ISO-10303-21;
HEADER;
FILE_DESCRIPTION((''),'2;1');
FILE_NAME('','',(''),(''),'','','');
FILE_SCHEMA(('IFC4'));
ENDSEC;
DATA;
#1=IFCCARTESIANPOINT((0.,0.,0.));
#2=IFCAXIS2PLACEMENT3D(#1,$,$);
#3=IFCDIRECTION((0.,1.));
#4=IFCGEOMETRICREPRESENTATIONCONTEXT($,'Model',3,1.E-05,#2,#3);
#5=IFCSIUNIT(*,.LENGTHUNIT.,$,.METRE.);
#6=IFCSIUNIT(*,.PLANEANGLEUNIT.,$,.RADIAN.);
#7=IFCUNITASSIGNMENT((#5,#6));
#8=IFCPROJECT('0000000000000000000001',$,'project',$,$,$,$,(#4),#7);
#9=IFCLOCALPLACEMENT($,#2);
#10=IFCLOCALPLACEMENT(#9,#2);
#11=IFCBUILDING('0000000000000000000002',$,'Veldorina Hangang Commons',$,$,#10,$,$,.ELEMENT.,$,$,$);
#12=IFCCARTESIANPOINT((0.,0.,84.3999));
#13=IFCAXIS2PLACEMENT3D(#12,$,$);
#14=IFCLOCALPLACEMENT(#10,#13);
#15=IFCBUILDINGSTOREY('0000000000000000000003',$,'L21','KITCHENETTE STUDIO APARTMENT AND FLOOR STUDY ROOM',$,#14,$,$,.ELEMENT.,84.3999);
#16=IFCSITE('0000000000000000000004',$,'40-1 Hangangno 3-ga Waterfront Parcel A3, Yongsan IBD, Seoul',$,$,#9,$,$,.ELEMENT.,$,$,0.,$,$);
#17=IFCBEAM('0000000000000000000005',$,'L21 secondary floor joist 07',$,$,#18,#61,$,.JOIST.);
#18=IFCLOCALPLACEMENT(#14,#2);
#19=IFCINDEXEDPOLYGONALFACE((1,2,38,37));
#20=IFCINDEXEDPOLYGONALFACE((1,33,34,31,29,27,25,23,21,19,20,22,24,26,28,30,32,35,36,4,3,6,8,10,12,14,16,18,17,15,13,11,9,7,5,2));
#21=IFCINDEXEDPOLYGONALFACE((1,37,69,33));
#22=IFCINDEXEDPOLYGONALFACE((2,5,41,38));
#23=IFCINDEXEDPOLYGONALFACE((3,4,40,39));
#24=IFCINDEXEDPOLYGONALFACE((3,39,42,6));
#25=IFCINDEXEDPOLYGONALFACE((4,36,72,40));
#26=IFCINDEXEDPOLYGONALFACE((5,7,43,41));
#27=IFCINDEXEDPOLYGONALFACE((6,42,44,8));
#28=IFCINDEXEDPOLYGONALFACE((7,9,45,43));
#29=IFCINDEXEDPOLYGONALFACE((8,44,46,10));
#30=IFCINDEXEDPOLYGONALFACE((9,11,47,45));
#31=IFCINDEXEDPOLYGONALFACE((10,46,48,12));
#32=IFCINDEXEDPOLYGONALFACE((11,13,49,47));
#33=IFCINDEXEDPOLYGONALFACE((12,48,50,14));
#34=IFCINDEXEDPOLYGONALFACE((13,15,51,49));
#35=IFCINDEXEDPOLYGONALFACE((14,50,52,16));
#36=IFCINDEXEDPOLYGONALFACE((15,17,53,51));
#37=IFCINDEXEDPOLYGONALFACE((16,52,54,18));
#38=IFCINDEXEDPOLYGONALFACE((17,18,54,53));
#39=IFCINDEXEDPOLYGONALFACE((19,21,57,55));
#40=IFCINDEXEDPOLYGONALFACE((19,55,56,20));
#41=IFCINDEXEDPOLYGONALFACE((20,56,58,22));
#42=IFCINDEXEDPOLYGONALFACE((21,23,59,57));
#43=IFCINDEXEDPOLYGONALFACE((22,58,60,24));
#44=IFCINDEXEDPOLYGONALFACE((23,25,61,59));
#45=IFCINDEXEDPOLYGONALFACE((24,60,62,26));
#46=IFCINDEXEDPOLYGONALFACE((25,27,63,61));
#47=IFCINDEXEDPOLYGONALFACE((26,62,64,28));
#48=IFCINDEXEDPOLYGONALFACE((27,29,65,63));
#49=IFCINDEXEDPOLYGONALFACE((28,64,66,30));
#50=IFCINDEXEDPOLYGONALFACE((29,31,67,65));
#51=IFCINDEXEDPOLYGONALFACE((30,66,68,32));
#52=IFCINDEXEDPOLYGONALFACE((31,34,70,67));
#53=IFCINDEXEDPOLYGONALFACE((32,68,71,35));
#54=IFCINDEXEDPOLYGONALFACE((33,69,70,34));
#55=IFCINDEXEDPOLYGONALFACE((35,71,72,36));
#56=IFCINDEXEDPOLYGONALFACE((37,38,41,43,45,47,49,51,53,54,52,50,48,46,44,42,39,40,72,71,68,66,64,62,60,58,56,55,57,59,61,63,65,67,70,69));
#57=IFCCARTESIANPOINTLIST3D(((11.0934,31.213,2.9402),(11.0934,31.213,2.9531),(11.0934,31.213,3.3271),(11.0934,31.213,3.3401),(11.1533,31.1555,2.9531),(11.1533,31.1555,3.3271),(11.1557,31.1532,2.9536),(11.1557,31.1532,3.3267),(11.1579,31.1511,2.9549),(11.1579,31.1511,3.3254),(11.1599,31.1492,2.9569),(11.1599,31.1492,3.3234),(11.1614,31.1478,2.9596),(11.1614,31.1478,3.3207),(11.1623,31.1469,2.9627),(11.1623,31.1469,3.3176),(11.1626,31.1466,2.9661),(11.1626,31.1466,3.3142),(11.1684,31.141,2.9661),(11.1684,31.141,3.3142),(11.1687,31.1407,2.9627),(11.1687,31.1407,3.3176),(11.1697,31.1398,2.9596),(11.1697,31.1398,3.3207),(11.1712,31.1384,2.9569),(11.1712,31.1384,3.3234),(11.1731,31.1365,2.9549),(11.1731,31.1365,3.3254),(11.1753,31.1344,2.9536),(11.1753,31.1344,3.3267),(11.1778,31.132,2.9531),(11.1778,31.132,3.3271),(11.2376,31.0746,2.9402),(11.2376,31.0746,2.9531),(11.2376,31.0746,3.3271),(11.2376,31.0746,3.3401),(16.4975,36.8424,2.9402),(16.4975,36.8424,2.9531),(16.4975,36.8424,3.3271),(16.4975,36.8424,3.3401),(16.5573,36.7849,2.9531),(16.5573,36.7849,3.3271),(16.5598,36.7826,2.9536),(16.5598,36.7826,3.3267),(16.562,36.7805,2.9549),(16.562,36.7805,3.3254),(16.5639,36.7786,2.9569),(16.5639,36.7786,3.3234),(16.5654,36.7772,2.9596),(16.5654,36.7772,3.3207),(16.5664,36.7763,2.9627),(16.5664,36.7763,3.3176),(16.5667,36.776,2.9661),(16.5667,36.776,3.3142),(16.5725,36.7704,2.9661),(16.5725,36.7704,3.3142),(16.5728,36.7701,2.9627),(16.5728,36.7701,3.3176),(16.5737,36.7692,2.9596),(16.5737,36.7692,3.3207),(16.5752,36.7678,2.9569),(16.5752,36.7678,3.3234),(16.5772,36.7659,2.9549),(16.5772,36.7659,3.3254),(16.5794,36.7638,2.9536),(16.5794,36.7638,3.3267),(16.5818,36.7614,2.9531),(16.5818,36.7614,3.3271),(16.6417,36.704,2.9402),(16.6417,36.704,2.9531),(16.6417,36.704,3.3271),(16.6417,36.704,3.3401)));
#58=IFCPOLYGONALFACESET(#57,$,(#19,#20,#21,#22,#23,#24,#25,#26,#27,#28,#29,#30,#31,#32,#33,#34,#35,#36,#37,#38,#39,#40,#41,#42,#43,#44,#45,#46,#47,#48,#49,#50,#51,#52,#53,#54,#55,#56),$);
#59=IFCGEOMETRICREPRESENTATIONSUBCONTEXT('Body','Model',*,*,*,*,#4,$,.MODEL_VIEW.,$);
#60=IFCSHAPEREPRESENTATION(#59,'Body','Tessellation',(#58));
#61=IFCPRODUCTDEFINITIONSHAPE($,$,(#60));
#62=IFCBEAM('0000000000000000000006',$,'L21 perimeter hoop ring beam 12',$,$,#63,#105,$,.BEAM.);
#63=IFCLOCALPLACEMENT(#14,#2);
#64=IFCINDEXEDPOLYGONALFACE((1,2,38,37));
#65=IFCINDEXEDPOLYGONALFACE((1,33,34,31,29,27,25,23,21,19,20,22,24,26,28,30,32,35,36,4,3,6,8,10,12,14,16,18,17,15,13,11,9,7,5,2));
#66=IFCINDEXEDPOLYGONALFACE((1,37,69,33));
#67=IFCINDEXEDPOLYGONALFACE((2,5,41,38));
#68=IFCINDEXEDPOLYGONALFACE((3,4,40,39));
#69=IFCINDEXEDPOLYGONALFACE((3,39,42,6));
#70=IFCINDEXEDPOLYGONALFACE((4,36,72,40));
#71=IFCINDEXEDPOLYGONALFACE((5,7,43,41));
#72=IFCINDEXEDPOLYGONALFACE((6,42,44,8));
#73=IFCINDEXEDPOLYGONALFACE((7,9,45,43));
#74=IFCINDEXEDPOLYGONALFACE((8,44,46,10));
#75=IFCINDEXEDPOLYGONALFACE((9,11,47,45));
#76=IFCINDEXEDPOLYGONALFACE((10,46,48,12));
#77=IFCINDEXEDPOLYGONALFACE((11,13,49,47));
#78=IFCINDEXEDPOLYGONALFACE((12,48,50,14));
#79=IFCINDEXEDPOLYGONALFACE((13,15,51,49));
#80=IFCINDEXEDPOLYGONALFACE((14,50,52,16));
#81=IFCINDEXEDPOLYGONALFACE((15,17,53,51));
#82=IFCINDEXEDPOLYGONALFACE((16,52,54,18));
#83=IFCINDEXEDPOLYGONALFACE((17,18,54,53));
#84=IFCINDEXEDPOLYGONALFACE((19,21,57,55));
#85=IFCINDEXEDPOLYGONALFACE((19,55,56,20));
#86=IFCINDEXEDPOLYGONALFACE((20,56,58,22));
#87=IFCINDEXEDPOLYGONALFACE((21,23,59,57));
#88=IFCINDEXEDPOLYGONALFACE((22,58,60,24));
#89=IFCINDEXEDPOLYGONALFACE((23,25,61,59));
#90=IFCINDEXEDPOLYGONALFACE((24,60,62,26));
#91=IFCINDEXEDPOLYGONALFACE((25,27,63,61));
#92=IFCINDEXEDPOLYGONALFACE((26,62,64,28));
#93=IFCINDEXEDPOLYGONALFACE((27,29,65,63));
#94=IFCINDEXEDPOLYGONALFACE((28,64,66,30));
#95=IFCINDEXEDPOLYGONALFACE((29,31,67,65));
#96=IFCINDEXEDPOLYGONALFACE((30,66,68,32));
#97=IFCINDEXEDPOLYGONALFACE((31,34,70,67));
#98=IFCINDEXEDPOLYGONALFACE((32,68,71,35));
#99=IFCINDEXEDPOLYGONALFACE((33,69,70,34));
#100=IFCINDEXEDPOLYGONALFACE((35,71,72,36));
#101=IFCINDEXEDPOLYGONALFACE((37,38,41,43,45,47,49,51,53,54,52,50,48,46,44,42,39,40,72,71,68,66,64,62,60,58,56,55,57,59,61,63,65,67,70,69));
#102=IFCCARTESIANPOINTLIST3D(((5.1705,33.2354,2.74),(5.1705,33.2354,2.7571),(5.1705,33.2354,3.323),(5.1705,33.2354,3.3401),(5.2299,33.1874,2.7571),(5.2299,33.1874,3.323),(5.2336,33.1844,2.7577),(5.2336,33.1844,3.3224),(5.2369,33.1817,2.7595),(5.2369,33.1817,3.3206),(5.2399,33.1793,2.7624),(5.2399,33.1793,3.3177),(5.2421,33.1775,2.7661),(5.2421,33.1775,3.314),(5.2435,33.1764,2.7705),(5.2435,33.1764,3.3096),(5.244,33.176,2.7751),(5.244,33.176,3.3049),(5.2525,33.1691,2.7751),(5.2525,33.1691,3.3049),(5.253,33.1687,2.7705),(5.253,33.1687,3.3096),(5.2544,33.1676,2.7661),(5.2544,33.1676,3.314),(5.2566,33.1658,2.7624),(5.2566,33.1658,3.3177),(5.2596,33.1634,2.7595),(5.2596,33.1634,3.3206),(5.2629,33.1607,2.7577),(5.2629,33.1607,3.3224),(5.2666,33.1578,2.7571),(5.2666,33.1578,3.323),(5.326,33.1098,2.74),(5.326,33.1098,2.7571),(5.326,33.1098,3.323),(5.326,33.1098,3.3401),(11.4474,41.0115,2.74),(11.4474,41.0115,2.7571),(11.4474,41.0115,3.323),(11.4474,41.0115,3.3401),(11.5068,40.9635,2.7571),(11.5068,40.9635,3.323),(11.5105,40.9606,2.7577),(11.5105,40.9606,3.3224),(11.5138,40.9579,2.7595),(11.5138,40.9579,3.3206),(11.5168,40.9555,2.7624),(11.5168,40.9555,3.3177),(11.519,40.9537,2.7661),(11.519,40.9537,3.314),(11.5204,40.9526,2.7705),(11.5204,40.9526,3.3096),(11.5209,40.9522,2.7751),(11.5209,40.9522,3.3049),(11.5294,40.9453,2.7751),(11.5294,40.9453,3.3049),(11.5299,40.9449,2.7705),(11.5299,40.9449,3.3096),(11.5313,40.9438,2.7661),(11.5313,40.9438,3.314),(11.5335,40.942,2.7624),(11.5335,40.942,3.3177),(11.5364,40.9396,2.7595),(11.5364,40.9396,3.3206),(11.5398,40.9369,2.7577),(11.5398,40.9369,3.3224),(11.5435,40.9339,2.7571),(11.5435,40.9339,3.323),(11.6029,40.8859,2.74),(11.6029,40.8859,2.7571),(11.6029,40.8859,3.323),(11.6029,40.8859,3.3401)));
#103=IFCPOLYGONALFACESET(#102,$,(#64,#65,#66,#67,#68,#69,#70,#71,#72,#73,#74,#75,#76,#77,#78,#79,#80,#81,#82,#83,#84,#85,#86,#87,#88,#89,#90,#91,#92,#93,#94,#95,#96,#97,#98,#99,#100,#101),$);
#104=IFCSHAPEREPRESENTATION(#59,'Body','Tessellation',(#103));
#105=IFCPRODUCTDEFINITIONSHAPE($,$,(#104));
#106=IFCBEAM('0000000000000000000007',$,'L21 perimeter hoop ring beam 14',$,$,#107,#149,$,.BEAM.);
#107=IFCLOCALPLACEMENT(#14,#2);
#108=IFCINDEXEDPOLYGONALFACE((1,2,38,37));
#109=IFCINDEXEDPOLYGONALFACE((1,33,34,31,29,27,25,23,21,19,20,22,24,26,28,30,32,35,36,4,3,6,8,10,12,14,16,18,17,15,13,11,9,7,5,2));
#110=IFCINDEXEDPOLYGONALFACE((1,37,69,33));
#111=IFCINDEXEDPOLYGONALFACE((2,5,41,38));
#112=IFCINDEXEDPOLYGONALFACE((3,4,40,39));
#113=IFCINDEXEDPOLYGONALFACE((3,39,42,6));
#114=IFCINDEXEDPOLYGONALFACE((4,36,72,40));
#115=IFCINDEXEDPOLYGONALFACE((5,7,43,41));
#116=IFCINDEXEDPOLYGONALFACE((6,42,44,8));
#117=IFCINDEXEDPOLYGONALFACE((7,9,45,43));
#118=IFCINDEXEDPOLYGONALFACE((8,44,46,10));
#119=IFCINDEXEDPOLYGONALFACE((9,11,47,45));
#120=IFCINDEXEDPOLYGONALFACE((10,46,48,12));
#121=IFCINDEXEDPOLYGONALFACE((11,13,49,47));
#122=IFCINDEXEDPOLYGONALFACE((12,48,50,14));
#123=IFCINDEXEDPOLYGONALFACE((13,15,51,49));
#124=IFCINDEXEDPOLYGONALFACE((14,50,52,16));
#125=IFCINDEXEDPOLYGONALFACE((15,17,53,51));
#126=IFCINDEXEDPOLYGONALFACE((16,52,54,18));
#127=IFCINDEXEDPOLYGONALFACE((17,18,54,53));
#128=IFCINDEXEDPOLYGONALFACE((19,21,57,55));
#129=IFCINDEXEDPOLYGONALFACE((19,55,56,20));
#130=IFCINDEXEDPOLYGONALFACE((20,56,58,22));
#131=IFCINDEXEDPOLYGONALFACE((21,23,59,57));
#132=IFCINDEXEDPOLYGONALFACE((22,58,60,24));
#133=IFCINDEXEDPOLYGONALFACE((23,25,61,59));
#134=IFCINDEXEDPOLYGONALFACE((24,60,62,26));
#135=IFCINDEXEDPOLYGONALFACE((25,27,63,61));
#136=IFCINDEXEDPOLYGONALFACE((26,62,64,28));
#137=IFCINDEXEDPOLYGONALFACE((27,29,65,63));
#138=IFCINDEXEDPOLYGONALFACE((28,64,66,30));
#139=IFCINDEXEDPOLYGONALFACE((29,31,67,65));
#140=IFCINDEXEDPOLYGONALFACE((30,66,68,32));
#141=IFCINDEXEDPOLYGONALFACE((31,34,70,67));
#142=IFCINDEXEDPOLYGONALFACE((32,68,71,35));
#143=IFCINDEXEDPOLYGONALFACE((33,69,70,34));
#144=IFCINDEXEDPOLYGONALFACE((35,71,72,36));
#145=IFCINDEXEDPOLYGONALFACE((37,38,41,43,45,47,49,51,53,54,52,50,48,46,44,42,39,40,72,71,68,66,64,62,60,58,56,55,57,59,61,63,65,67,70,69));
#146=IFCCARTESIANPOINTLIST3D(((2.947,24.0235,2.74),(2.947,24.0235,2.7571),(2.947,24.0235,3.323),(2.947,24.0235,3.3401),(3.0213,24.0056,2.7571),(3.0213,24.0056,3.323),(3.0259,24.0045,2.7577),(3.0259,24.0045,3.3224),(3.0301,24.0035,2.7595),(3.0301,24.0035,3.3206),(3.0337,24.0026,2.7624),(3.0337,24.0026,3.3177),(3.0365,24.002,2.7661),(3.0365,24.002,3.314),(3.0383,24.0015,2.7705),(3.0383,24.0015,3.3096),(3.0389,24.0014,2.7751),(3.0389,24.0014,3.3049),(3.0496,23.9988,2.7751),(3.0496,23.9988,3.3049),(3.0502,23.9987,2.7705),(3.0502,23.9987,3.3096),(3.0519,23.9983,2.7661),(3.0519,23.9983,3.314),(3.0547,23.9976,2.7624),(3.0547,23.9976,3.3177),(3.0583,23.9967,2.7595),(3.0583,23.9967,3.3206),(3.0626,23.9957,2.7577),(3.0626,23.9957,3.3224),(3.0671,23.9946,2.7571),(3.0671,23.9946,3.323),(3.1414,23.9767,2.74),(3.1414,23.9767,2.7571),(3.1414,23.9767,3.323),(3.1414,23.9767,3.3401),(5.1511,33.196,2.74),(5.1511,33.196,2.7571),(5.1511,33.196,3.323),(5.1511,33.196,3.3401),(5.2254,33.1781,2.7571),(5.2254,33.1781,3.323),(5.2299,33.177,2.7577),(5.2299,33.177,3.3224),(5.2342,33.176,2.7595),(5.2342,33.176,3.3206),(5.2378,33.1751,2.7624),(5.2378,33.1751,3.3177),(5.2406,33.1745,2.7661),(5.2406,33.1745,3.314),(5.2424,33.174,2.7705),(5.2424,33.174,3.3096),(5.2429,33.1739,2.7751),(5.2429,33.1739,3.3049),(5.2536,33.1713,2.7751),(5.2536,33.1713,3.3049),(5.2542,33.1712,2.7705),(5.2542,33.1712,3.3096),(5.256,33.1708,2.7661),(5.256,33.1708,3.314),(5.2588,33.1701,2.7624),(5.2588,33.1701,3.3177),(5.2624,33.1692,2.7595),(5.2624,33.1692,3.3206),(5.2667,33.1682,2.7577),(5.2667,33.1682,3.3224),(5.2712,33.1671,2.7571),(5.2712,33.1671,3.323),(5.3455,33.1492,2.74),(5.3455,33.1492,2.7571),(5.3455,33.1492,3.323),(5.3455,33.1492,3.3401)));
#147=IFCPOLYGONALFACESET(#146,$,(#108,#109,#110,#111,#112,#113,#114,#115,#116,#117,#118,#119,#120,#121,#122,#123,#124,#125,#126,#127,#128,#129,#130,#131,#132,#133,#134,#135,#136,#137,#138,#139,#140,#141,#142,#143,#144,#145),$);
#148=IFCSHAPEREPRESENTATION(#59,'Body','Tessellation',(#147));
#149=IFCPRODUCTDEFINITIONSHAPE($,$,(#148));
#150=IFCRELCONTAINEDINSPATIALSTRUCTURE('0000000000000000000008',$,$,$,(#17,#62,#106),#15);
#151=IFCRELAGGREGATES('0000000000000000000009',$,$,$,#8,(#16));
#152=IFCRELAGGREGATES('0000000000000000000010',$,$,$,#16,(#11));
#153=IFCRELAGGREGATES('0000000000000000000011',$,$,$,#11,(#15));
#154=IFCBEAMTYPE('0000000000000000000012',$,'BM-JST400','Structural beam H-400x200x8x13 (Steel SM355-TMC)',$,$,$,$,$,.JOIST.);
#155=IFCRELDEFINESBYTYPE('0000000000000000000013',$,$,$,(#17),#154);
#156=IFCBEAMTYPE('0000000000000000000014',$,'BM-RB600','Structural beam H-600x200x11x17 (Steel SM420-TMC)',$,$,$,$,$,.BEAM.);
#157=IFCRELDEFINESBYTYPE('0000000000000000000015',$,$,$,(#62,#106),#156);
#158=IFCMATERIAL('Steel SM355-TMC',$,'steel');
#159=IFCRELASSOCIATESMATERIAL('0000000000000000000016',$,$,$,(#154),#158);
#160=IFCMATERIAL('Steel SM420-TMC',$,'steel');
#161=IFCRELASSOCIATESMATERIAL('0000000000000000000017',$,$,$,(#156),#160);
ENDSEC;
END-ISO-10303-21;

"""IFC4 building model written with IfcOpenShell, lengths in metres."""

from ifc_helpers import new_model, si_unit, direction, frame, origin, origin_2d, place, context, subcontext, project, spatial, i_section, extrude, material, material_profile, profile_set, type_object, element, save


model = new_model("IFC4")

# Units and contexts
model_context = context("Model", 3, precision=1e-05, world=origin(), true_north=direction((0.0, 1.0)))
body_context = subcontext(model_context, "Body", "Model", "MODEL_VIEW")
ifc_project = project(units=[si_unit("LENGTHUNIT", "METRE"), si_unit("PLANEANGLEUNIT", "RADIAN")], contexts=[model_context])

# Site, building, storey
site_placement = place(None, origin())
site = spatial("IfcSite", under=ifc_project, at=site_placement, Name="40-1 Hangangno 3-ga Waterfront Parcel A3, Yongsan IBD, Seoul", CompositionType="ELEMENT", RefElevation=0.0)
building_placement = place(site_placement, origin())
building = spatial("IfcBuilding", under=site, at=building_placement, Name="Veldorina Hangang Commons", CompositionType="ELEMENT")
storey_placement = place(building_placement, frame((0.0, 0.0, 84.3999)))
storey = spatial("IfcBuildingStorey", under=building, at=storey_placement, Name="L21", Description="KITCHENETTE STUDIO APARTMENT AND FLOOR STUDY ROOM", CompositionType="ELEMENT", Elevation=84.3999)

# Beams
ifc_material_1 = material(Name="Steel SM355-TMC", Category="steel")
ifc_material_profile_1 = material_profile(ifc_material_1, i_section(OverallWidth=0.2, OverallDepth=0.3999, WebThickness=0.0081, FlangeThickness=0.0129, FilletRadius=0.0129, at=origin_2d()), Name="H-400x200x8x13")
ifc_profile_set_1 = profile_set([ifc_material_profile_1], Name="Steel SM355-TMC")
beam_type_1 = type_object("IfcBeamType", Name="BM-JST400", Description="Structural beam H-400x200x8x13 (Steel SM355-TMC)", PredefinedType="JOIST", material=ifc_profile_set_1)
beam_1_placement = place(storey_placement, frame((16.5696, 36.7732, 3.1401), z_axis=(-0.692521, -0.721398, 0.0), x_axis=(0.721398, -0.692521, 0.0)))
element("IfcBeam", 1, at=beam_1_placement, inside=storey, type_object=beam_type_1, Name="L21 secondary floor joist 07", PredefinedType="JOIST", context=body_context, shape_type="SweptSolid", body=[
    extrude(i_section(OverallWidth=0.2, OverallDepth=0.3999, WebThickness=0.0081, FlangeThickness=0.0129, FilletRadius=0.0129, at=origin_2d()), origin(), (0.0, 0.0, 1.0), 7.8035),
])
ifc_material_2 = material(Name="Steel SM420-TMC", Category="steel")
ifc_material_profile_2 = material_profile(ifc_material_2, i_section(OverallWidth=0.2, OverallDepth=0.6001, WebThickness=0.011, FlangeThickness=0.0171, FilletRadius=0.0181, at=origin_2d()), Name="H-600x200x11x17")
ifc_profile_set_2 = profile_set([ifc_material_profile_2], Name="Steel SM420-TMC")
beam_type_2 = type_object("IfcBeamType", Name="BM-RB600", Description="Structural beam H-600x200x11x17 (Steel SM420-TMC)", PredefinedType="BEAM", material=ifc_profile_set_2)
beam_2_placement = place(storey_placement, frame((11.5251, 40.9487, 3.04), z_axis=(-0.628103, -0.77813, 0.0), x_axis=(0.77813, -0.628103, 0.0)))
element("IfcBeam", 2, at=beam_2_placement, inside=storey, type_object=beam_type_2, Name="L21 perimeter hoop ring beam 12", PredefinedType="BEAM", context=body_context, shape_type="SweptSolid", body=[
    extrude(i_section(OverallWidth=0.2, OverallDepth=0.6001, WebThickness=0.011, FlangeThickness=0.0171, FilletRadius=0.0181, at=origin_2d()), origin(), (0.0, 0.0, 1.0), 9.9934),
])
beam_3_placement = place(storey_placement, frame((5.2483, 33.1726, 3.04), z_axis=(-0.233641, -0.972323, 0.0), x_axis=(0.972323, -0.233641, 0.0)))
element("IfcBeam", 3, at=beam_3_placement, inside=storey, type_object=beam_type_2, Name="L21 perimeter hoop ring beam 14", PredefinedType="BEAM", context=body_context, shape_type="SweptSolid", body=[
    extrude(i_section(OverallWidth=0.2, OverallDepth=0.6001, WebThickness=0.011, FlangeThickness=0.0171, FilletRadius=0.0181, at=origin_2d()), origin(), (0.0, 0.0, 1.0), 9.4336),
])

save(model, "model.ifc")
